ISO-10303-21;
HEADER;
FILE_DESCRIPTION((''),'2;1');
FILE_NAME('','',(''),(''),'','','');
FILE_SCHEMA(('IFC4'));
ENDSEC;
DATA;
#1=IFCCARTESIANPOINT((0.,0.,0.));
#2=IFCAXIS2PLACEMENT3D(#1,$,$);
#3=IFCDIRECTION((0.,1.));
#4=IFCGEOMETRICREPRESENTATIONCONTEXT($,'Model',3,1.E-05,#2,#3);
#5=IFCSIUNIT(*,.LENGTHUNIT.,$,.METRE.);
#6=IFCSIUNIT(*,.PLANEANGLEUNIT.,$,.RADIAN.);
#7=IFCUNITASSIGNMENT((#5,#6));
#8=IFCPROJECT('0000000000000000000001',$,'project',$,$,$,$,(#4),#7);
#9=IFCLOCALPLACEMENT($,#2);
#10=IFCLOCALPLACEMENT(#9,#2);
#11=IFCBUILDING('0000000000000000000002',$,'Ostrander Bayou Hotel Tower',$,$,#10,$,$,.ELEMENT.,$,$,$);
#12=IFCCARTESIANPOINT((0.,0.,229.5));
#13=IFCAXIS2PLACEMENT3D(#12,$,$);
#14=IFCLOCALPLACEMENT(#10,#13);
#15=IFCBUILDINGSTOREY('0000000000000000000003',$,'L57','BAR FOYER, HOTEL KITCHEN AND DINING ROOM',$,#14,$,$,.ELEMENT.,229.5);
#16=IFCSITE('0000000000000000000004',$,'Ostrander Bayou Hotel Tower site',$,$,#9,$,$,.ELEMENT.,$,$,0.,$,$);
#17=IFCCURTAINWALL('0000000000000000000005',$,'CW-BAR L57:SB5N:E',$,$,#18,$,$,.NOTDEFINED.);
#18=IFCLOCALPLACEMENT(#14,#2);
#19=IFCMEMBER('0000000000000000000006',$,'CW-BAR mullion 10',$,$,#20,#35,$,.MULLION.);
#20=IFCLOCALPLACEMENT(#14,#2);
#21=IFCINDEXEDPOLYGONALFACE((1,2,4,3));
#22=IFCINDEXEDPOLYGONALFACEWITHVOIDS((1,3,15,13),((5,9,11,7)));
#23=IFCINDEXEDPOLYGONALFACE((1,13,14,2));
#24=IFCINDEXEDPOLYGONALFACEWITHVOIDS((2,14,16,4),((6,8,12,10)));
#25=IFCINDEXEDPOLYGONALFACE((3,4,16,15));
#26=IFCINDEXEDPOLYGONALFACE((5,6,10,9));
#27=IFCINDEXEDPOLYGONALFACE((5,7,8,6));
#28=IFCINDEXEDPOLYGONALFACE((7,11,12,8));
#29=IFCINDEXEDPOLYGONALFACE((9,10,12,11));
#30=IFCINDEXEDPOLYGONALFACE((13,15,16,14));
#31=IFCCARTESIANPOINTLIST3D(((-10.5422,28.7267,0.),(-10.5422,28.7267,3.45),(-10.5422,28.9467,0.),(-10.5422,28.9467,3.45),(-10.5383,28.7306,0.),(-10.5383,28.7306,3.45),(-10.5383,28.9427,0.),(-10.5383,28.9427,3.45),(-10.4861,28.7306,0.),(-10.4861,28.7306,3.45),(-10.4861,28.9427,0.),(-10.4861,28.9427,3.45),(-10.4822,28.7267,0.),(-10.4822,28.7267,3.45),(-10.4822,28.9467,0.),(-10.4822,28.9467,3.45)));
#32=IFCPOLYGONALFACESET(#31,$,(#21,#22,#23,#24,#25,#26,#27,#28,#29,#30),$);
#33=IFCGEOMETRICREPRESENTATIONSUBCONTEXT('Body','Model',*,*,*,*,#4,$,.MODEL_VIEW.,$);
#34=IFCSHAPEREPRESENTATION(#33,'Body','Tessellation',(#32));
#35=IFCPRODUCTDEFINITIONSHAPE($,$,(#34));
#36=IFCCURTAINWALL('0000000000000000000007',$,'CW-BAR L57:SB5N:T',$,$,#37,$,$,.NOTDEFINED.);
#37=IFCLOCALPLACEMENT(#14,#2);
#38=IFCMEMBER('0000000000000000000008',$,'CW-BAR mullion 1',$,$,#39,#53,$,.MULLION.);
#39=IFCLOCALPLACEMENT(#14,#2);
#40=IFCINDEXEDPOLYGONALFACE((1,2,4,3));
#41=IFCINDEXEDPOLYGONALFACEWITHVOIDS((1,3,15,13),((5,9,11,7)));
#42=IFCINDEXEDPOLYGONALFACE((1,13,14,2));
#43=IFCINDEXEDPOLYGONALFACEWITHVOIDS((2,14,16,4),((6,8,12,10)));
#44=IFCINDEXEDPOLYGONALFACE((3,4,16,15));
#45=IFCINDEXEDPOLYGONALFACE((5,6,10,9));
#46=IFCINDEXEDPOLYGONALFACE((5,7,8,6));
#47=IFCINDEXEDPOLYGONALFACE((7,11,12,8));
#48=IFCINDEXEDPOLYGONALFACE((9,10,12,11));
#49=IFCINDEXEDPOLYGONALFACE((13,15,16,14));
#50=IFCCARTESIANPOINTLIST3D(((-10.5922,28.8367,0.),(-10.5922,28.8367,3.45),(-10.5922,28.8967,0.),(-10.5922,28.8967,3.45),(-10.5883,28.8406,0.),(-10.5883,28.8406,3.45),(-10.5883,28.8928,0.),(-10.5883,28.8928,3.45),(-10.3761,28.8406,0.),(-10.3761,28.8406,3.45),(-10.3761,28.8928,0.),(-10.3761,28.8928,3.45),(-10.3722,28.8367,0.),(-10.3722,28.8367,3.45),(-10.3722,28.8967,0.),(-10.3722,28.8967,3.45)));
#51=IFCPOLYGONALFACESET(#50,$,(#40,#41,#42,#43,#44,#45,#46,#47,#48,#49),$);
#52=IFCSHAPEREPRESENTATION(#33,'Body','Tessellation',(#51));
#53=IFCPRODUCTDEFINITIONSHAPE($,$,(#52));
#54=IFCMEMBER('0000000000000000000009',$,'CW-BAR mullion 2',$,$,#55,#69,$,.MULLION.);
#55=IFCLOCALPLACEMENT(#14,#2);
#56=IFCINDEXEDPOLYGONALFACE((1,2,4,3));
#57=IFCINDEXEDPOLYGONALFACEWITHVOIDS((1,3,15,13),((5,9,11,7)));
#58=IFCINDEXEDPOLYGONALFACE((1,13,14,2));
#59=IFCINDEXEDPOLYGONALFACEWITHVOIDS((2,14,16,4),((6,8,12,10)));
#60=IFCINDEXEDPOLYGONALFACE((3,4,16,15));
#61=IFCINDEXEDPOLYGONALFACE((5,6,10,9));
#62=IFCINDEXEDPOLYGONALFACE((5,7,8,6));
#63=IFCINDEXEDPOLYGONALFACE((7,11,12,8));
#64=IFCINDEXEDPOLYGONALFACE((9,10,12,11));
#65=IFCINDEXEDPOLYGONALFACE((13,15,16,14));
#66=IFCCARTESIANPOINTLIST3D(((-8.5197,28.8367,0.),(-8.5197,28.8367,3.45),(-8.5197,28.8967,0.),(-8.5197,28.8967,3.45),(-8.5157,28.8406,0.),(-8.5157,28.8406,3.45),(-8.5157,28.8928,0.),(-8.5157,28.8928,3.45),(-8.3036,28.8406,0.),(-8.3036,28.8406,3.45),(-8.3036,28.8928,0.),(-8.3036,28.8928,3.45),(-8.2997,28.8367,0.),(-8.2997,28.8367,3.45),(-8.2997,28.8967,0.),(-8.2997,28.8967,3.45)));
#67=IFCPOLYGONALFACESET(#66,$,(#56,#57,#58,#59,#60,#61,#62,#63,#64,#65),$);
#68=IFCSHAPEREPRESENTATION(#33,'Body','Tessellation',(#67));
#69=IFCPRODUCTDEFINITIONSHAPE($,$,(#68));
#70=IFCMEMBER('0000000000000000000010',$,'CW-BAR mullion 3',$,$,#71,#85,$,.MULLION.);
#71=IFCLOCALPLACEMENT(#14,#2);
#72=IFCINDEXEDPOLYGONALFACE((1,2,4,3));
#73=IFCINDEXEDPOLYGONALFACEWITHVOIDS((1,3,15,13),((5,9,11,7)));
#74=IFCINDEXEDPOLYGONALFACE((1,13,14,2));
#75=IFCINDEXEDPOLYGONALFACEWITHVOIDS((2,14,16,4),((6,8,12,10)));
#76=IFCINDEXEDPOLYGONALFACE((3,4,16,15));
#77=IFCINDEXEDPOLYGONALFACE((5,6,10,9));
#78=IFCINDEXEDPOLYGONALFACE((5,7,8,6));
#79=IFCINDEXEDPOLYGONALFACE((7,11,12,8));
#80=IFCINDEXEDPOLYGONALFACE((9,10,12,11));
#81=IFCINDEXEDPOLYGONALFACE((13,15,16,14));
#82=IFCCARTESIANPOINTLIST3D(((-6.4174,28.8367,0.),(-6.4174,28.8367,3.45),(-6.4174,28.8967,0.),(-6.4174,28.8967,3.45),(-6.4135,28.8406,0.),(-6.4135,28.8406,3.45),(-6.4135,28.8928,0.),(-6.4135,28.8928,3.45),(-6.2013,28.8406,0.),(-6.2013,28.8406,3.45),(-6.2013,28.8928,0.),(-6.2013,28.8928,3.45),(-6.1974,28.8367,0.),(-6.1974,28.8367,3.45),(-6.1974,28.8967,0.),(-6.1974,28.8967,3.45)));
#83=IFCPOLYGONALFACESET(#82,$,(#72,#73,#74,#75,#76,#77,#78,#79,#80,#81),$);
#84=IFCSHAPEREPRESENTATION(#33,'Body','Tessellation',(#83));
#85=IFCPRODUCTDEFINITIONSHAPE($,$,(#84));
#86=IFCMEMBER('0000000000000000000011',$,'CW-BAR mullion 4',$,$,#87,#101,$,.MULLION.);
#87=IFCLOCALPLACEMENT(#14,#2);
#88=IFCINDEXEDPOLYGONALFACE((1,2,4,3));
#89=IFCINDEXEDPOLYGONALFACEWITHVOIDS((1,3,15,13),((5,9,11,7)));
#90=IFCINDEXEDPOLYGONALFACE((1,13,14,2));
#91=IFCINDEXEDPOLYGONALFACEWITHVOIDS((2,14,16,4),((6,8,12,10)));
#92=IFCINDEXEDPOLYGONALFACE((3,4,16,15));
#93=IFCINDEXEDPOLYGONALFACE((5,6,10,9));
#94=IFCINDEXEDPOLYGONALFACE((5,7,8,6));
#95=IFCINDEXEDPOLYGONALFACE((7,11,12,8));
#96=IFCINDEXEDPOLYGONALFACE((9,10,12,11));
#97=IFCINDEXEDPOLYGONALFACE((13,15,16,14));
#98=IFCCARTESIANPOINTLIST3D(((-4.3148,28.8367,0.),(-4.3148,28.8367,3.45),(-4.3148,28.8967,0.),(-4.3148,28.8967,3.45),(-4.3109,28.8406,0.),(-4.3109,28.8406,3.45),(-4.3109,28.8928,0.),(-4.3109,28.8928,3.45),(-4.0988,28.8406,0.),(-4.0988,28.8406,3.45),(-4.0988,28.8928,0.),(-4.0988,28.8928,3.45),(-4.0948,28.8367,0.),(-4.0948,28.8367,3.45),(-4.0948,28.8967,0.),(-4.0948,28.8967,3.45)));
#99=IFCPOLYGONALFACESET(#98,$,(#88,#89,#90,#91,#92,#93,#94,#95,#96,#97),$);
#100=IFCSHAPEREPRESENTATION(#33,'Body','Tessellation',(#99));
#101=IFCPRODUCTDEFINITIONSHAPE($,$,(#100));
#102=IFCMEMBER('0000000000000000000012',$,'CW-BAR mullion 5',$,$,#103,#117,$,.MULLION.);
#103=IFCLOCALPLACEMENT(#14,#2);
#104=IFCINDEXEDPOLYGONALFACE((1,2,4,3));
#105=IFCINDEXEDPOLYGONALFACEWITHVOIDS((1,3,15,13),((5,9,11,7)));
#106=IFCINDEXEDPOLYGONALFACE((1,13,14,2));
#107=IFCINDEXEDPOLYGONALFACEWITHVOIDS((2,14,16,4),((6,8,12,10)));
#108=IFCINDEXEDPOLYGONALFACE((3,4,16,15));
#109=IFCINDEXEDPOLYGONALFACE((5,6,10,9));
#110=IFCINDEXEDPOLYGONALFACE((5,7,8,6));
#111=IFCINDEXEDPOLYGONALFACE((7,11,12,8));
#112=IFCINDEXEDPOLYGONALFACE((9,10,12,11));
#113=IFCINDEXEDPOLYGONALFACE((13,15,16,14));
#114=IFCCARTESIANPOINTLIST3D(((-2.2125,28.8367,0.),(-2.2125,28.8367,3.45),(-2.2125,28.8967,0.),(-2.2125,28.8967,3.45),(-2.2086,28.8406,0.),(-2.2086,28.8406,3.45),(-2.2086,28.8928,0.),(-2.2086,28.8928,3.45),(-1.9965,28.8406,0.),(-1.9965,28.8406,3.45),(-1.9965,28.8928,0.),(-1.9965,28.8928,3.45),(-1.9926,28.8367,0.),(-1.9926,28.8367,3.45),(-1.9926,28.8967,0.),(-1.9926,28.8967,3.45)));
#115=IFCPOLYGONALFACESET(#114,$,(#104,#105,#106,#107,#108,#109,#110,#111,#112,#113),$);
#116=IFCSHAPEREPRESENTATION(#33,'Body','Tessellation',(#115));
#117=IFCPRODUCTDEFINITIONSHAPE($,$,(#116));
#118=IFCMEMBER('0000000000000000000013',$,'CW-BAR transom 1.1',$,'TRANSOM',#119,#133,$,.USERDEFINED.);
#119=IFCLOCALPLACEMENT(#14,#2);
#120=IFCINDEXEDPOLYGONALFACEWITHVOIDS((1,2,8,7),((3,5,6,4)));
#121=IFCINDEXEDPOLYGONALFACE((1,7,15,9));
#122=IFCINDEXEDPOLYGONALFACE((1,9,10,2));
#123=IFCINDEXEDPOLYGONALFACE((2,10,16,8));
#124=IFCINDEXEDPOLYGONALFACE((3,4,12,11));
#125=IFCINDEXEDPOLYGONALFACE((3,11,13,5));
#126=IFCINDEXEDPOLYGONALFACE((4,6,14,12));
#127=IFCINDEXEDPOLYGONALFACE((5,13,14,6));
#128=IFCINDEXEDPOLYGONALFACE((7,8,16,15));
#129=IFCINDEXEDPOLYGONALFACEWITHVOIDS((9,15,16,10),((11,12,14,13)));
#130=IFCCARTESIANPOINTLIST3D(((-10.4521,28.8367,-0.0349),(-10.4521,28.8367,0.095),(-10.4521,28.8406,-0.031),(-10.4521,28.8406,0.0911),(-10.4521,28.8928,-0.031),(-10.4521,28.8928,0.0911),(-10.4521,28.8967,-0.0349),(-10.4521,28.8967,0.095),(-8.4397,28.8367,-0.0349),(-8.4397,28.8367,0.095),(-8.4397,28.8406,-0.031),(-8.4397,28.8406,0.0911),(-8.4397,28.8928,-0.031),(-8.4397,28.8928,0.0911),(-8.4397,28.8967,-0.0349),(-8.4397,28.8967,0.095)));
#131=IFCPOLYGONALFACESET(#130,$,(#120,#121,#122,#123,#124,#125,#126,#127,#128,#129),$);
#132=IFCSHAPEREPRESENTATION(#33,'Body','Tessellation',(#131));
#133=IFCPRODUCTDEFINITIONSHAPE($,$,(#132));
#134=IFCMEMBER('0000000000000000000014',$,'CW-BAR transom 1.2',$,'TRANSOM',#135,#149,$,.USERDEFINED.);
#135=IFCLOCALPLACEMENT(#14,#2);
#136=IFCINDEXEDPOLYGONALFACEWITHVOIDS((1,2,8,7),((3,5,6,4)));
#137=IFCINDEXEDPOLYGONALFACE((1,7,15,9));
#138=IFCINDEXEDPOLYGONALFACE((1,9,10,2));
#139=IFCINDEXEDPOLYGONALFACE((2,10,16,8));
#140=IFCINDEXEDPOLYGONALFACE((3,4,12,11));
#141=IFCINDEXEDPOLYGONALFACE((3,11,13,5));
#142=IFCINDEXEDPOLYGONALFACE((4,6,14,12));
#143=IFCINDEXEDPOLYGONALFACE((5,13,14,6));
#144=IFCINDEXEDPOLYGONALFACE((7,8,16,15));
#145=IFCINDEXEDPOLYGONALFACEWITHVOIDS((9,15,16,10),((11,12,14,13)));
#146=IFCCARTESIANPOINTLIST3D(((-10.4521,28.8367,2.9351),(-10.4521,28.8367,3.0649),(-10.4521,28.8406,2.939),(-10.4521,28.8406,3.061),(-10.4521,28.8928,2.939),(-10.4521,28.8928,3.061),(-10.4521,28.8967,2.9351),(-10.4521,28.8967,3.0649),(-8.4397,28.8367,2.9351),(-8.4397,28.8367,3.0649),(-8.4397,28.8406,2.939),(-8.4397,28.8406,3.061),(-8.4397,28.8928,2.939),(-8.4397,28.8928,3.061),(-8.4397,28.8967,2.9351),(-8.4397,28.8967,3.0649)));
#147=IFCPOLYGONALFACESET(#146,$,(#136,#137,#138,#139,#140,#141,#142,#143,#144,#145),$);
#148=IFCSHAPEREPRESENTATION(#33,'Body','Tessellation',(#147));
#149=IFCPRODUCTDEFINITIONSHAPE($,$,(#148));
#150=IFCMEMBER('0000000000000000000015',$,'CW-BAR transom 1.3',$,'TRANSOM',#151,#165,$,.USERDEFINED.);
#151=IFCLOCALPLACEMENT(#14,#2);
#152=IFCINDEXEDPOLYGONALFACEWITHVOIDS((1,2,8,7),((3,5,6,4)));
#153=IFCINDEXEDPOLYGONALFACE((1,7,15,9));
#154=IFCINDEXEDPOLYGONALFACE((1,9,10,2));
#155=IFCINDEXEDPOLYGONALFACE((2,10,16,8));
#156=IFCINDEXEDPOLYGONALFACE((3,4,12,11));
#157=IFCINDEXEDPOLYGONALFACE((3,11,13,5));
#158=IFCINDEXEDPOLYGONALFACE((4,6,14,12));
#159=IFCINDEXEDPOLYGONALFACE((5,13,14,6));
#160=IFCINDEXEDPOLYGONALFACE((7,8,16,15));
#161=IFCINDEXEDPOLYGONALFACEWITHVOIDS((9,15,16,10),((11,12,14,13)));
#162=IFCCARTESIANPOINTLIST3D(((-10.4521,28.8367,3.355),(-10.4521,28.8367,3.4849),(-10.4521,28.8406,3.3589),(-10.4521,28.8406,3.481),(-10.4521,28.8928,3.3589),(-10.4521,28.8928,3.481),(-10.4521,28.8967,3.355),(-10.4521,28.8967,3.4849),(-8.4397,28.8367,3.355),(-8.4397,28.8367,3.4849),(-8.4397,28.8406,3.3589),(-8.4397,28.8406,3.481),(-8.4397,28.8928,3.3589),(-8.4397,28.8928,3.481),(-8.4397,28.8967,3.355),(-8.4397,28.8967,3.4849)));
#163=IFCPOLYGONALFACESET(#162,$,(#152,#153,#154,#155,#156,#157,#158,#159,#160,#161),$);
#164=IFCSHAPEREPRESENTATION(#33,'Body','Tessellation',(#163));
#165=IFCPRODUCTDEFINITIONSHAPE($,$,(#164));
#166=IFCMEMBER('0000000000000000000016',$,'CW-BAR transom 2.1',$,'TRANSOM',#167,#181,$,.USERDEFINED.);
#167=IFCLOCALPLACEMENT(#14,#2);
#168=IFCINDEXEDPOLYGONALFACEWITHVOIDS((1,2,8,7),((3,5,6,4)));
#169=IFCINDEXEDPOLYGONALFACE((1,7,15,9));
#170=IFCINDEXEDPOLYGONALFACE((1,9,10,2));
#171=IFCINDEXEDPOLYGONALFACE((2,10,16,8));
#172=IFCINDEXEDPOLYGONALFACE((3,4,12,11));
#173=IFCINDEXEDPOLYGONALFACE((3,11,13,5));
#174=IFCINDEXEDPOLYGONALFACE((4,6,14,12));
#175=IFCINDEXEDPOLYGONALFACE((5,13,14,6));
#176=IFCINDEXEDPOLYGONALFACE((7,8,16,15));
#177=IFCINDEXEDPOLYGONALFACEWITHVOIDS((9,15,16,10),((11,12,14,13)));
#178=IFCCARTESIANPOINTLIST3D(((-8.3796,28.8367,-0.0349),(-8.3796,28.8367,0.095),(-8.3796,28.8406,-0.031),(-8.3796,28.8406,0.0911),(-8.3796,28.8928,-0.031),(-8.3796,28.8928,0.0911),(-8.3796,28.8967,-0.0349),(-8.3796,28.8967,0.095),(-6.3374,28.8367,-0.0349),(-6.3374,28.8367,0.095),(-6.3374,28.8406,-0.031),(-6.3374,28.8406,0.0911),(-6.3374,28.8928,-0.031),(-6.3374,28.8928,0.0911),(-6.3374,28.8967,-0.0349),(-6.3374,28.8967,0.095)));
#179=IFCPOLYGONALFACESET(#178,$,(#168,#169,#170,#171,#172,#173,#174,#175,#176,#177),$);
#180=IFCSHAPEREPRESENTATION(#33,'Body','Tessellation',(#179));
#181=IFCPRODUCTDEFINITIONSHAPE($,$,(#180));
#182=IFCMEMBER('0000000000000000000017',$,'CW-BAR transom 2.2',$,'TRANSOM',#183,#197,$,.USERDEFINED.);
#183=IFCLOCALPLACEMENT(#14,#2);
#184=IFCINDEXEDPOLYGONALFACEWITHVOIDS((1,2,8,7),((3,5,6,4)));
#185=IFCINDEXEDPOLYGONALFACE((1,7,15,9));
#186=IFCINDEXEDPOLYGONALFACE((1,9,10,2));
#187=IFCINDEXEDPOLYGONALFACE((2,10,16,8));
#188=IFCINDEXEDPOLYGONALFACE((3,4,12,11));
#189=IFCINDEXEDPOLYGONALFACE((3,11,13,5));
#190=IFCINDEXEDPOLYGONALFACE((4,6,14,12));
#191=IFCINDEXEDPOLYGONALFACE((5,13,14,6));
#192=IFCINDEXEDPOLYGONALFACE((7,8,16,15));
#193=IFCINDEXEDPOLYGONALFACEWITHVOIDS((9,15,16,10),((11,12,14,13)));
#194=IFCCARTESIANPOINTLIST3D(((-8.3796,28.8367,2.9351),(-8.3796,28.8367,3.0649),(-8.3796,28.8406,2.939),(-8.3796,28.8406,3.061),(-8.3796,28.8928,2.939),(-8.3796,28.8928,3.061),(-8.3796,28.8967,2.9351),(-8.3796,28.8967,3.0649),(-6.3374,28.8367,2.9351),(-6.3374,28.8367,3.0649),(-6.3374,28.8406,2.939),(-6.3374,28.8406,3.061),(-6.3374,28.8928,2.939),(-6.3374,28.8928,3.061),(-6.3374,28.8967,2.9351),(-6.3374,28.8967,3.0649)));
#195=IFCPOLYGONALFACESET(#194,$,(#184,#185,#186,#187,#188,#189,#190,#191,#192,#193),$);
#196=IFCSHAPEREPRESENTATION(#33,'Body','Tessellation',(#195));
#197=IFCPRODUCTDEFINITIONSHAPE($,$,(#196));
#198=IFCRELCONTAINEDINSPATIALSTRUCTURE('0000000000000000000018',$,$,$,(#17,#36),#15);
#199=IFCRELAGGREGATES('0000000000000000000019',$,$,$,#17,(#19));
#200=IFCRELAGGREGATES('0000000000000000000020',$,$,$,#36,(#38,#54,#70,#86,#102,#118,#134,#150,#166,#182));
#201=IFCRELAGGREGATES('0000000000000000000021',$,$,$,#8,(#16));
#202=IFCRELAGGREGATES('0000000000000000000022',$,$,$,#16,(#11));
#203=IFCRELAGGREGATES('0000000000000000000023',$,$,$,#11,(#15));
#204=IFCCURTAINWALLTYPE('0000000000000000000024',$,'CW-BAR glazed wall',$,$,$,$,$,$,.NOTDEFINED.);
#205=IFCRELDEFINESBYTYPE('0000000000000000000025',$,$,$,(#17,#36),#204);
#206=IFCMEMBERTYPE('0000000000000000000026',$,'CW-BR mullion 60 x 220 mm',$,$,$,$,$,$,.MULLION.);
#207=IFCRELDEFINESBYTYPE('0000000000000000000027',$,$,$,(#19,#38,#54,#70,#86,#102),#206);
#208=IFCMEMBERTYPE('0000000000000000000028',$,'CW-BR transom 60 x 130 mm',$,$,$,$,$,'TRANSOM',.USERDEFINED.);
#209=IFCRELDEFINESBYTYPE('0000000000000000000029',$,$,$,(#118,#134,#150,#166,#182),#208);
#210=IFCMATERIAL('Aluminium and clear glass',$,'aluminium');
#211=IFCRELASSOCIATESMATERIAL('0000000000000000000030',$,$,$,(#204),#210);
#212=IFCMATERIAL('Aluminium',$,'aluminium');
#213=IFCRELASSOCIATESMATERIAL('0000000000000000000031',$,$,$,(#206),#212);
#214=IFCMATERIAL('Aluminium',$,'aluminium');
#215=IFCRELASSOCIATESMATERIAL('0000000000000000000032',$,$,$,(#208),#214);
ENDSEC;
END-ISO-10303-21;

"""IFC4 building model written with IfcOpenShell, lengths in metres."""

from ifc_helpers import new_model, si_unit, direction, frame, origin, origin_2d, place, context, subcontext, project, spatial, hollow_rectangle, extrude, material, material_profile, profile_set, type_object, element, aggregate, save


model = new_model("IFC4")

# Units and contexts
model_context = context("Model", 3, precision=1e-05, world=origin(), true_north=direction((0.0, 1.0)))
body_context = subcontext(model_context, "Body", "Model", "MODEL_VIEW")
ifc_project = project(units=[si_unit("LENGTHUNIT", "METRE"), si_unit("PLANEANGLEUNIT", "RADIAN")], contexts=[model_context])

# Site, building, storey
site_placement = place(None, origin())
site = spatial("IfcSite", under=ifc_project, at=site_placement, Name="Ostrander Bayou Hotel Tower site", CompositionType="ELEMENT", RefElevation=0.0)
building_placement = place(site_placement, origin())
building = spatial("IfcBuilding", under=site, at=building_placement, Name="Ostrander Bayou Hotel Tower", CompositionType="ELEMENT")
storey_placement = place(building_placement, frame((0.0, 0.0, 229.5)))
storey = spatial("IfcBuildingStorey", under=building, at=storey_placement, Name="L57", Description="BAR FOYER, HOTEL KITCHEN AND DINING ROOM", CompositionType="ELEMENT", Elevation=229.5)

# Curtain wall, member
ifc_material_1 = material(Name="Aluminium and clear glass", Category="aluminium")
curtain_wall_type = type_object("IfcCurtainWallType", Name="CW-BAR glazed wall", PredefinedType="NOTDEFINED", material=ifc_material_1)
curtain_wall_1_placement = place(storey_placement, origin())
curtain_wall_1 = element("IfcCurtainWall", 1, at=curtain_wall_1_placement, inside=storey, type_object=curtain_wall_type, Name="CW-BAR L57:SB5N:E", PredefinedType="NOTDEFINED")
ifc_material_2 = material(Name="Aluminium", Category="aluminium")
ifc_material_profile_1 = material_profile(ifc_material_2, hollow_rectangle(XDim=0.0601, YDim=0.22, WallThickness=0.0039, at=origin_2d()))
ifc_profile_set_1 = profile_set([ifc_material_profile_1], Name="Aluminium")
member_type_1 = type_object("IfcMemberType", Name="CW-BR mullion 60 x 220 mm", PredefinedType="MULLION", material=ifc_profile_set_1)
member_1_placement = place(storey_placement, frame((-10.5122, 28.8367, 0.0), z_axis=(0.0, 0.0, 1.0), x_axis=(-1.0, 0.0, 0.0)))
member_1 = element("IfcMember", 2, at=member_1_placement, type_object=member_type_1, Name="CW-BAR mullion 10", PredefinedType="MULLION", context=body_context, shape_type="SweptSolid", body=[
    extrude(hollow_rectangle(XDim=0.0601, YDim=0.22, WallThickness=0.0039, at=origin_2d()), origin(), (0.0, 0.0, 1.0), 3.45),
])

# Curtain wall, members
curtain_wall_2_placement = place(storey_placement, origin())
curtain_wall_2 = element("IfcCurtainWall", 3, at=curtain_wall_2_placement, inside=storey, type_object=curtain_wall_type, Name="CW-BAR L57:SB5N:T", PredefinedType="NOTDEFINED")
member_2_placement = place(storey_placement, frame((-10.4822, 28.8667, 0.0), z_axis=(0.0, 0.0, 1.0), x_axis=(0.0, 1.0, 0.0)))
member_2 = element("IfcMember", 4, at=member_2_placement, type_object=member_type_1, Name="CW-BAR mullion 1", PredefinedType="MULLION", context=body_context, shape_type="SweptSolid", body=[
    extrude(hollow_rectangle(XDim=0.0601, YDim=0.22, WallThickness=0.0039, at=origin_2d()), origin(), (0.0, 0.0, 1.0), 3.45),
])
member_3_placement = place(storey_placement, frame((-8.4097, 28.8667, 0.0), z_axis=(0.0, 0.0, 1.0), x_axis=(0.0, 1.0, 0.0)))
member_3 = element("IfcMember", 5, at=member_3_placement, type_object=member_type_1, Name="CW-BAR mullion 2", PredefinedType="MULLION", context=body_context, shape_type="SweptSolid", body=[
    extrude(hollow_rectangle(XDim=0.0601, YDim=0.22, WallThickness=0.0039, at=origin_2d()), origin(), (0.0, 0.0, 1.0), 3.45),
])
member_4_placement = place(storey_placement, frame((-6.3074, 28.8667, 0.0), z_axis=(0.0, 0.0, 1.0), x_axis=(0.0, 1.0, 0.0)))
member_4 = element("IfcMember", 6, at=member_4_placement, type_object=member_type_1, Name="CW-BAR mullion 3", PredefinedType="MULLION", context=body_context, shape_type="SweptSolid", body=[
    extrude(hollow_rectangle(XDim=0.0601, YDim=0.22, WallThickness=0.0039, at=origin_2d()), origin(), (0.0, 0.0, 1.0), 3.45),
])
member_5_placement = place(storey_placement, frame((-4.2048, 28.8667, 0.0), z_axis=(0.0, 0.0, 1.0), x_axis=(0.0, 1.0, 0.0)))
member_5 = element("IfcMember", 7, at=member_5_placement, type_object=member_type_1, Name="CW-BAR mullion 4", PredefinedType="MULLION", context=body_context, shape_type="SweptSolid", body=[
    extrude(hollow_rectangle(XDim=0.0601, YDim=0.22, WallThickness=0.0039, at=origin_2d()), origin(), (0.0, 0.0, 1.0), 3.45),
])
member_6_placement = place(storey_placement, frame((-2.1025, 28.8667, 0.0), z_axis=(0.0, 0.0, 1.0), x_axis=(0.0, 1.0, 0.0)))
member_6 = element("IfcMember", 8, at=member_6_placement, type_object=member_type_1, Name="CW-BAR mullion 5", PredefinedType="MULLION", context=body_context, shape_type="SweptSolid", body=[
    extrude(hollow_rectangle(XDim=0.0601, YDim=0.22, WallThickness=0.0039, at=origin_2d()), origin(), (0.0, 0.0, 1.0), 3.45),
])
ifc_material_3 = material(Name="Aluminium", Category="aluminium")
ifc_material_profile_2 = material_profile(ifc_material_3, hollow_rectangle(XDim=0.0601, YDim=0.1299, WallThickness=0.0039, at=origin_2d()))
ifc_profile_set_2 = profile_set([ifc_material_profile_2], Name="Aluminium")
member_type_2 = type_object("IfcMemberType", Name="CW-BR transom 60 x 130 mm", ElementType="TRANSOM", PredefinedType="USERDEFINED", material=ifc_profile_set_2)
member_7_placement = place(storey_placement, frame((-10.4521, 28.8667, 0.03), z_axis=(1.0, 0.0, 0.0), x_axis=(0.0, 1.0, 0.0)))
member_7 = element("IfcMember", 9, at=member_7_placement, type_object=member_type_2, Name="CW-BAR transom 1.1", ObjectType="TRANSOM", PredefinedType="USERDEFINED", context=body_context, shape_type="SweptSolid", body=[
    extrude(hollow_rectangle(XDim=0.0601, YDim=0.1299, WallThickness=0.0039, at=origin_2d()), origin(), (0.0, 0.0, 1.0), 2.0125),
])
member_8_placement = place(storey_placement, frame((-10.4521, 28.8667, 3.0), z_axis=(1.0, 0.0, 0.0), x_axis=(0.0, 1.0, 0.0)))
member_8 = element("IfcMember", 10, at=member_8_placement, type_object=member_type_2, Name="CW-BAR transom 1.2", ObjectType="TRANSOM", PredefinedType="USERDEFINED", context=body_context, shape_type="SweptSolid", body=[
    extrude(hollow_rectangle(XDim=0.0601, YDim=0.1299, WallThickness=0.0039, at=origin_2d()), origin(), (0.0, 0.0, 1.0), 2.0125),
])
member_9_placement = place(storey_placement, frame((-10.4521, 28.8667, 3.4199), z_axis=(1.0, 0.0, 0.0), x_axis=(0.0, 1.0, 0.0)))
member_9 = element("IfcMember", 11, at=member_9_placement, type_object=member_type_2, Name="CW-BAR transom 1.3", ObjectType="TRANSOM", PredefinedType="USERDEFINED", context=body_context, shape_type="SweptSolid", body=[
    extrude(hollow_rectangle(XDim=0.0601, YDim=0.1299, WallThickness=0.0039, at=origin_2d()), origin(), (0.0, 0.0, 1.0), 2.0125),
])
member_10_placement = place(storey_placement, frame((-8.3796, 28.8667, 0.03), z_axis=(1.0, 0.0, 0.0), x_axis=(0.0, 1.0, 0.0)))
member_10 = element("IfcMember", 12, at=member_10_placement, type_object=member_type_2, Name="CW-BAR transom 2.1", ObjectType="TRANSOM", PredefinedType="USERDEFINED", context=body_context, shape_type="SweptSolid", body=[
    extrude(hollow_rectangle(XDim=0.0601, YDim=0.1299, WallThickness=0.0039, at=origin_2d()), origin(), (0.0, 0.0, 1.0), 2.0422),
])
member_11_placement = place(storey_placement, frame((-8.3796, 28.8667, 3.0), z_axis=(1.0, 0.0, 0.0), x_axis=(0.0, 1.0, 0.0)))
member_11 = element("IfcMember", 13, at=member_11_placement, type_object=member_type_2, Name="CW-BAR transom 2.2", ObjectType="TRANSOM", PredefinedType="USERDEFINED", context=body_context, shape_type="SweptSolid", body=[
    extrude(hollow_rectangle(XDim=0.0601, YDim=0.1299, WallThickness=0.0039, at=origin_2d()), origin(), (0.0, 0.0, 1.0), 2.0422),
])

aggregate(curtain_wall_1, [member_1])
aggregate(curtain_wall_2, [member_2, member_3, member_4, member_5, member_6, member_7, member_8, member_9, member_10, member_11])

save(model, "model.ifc")
